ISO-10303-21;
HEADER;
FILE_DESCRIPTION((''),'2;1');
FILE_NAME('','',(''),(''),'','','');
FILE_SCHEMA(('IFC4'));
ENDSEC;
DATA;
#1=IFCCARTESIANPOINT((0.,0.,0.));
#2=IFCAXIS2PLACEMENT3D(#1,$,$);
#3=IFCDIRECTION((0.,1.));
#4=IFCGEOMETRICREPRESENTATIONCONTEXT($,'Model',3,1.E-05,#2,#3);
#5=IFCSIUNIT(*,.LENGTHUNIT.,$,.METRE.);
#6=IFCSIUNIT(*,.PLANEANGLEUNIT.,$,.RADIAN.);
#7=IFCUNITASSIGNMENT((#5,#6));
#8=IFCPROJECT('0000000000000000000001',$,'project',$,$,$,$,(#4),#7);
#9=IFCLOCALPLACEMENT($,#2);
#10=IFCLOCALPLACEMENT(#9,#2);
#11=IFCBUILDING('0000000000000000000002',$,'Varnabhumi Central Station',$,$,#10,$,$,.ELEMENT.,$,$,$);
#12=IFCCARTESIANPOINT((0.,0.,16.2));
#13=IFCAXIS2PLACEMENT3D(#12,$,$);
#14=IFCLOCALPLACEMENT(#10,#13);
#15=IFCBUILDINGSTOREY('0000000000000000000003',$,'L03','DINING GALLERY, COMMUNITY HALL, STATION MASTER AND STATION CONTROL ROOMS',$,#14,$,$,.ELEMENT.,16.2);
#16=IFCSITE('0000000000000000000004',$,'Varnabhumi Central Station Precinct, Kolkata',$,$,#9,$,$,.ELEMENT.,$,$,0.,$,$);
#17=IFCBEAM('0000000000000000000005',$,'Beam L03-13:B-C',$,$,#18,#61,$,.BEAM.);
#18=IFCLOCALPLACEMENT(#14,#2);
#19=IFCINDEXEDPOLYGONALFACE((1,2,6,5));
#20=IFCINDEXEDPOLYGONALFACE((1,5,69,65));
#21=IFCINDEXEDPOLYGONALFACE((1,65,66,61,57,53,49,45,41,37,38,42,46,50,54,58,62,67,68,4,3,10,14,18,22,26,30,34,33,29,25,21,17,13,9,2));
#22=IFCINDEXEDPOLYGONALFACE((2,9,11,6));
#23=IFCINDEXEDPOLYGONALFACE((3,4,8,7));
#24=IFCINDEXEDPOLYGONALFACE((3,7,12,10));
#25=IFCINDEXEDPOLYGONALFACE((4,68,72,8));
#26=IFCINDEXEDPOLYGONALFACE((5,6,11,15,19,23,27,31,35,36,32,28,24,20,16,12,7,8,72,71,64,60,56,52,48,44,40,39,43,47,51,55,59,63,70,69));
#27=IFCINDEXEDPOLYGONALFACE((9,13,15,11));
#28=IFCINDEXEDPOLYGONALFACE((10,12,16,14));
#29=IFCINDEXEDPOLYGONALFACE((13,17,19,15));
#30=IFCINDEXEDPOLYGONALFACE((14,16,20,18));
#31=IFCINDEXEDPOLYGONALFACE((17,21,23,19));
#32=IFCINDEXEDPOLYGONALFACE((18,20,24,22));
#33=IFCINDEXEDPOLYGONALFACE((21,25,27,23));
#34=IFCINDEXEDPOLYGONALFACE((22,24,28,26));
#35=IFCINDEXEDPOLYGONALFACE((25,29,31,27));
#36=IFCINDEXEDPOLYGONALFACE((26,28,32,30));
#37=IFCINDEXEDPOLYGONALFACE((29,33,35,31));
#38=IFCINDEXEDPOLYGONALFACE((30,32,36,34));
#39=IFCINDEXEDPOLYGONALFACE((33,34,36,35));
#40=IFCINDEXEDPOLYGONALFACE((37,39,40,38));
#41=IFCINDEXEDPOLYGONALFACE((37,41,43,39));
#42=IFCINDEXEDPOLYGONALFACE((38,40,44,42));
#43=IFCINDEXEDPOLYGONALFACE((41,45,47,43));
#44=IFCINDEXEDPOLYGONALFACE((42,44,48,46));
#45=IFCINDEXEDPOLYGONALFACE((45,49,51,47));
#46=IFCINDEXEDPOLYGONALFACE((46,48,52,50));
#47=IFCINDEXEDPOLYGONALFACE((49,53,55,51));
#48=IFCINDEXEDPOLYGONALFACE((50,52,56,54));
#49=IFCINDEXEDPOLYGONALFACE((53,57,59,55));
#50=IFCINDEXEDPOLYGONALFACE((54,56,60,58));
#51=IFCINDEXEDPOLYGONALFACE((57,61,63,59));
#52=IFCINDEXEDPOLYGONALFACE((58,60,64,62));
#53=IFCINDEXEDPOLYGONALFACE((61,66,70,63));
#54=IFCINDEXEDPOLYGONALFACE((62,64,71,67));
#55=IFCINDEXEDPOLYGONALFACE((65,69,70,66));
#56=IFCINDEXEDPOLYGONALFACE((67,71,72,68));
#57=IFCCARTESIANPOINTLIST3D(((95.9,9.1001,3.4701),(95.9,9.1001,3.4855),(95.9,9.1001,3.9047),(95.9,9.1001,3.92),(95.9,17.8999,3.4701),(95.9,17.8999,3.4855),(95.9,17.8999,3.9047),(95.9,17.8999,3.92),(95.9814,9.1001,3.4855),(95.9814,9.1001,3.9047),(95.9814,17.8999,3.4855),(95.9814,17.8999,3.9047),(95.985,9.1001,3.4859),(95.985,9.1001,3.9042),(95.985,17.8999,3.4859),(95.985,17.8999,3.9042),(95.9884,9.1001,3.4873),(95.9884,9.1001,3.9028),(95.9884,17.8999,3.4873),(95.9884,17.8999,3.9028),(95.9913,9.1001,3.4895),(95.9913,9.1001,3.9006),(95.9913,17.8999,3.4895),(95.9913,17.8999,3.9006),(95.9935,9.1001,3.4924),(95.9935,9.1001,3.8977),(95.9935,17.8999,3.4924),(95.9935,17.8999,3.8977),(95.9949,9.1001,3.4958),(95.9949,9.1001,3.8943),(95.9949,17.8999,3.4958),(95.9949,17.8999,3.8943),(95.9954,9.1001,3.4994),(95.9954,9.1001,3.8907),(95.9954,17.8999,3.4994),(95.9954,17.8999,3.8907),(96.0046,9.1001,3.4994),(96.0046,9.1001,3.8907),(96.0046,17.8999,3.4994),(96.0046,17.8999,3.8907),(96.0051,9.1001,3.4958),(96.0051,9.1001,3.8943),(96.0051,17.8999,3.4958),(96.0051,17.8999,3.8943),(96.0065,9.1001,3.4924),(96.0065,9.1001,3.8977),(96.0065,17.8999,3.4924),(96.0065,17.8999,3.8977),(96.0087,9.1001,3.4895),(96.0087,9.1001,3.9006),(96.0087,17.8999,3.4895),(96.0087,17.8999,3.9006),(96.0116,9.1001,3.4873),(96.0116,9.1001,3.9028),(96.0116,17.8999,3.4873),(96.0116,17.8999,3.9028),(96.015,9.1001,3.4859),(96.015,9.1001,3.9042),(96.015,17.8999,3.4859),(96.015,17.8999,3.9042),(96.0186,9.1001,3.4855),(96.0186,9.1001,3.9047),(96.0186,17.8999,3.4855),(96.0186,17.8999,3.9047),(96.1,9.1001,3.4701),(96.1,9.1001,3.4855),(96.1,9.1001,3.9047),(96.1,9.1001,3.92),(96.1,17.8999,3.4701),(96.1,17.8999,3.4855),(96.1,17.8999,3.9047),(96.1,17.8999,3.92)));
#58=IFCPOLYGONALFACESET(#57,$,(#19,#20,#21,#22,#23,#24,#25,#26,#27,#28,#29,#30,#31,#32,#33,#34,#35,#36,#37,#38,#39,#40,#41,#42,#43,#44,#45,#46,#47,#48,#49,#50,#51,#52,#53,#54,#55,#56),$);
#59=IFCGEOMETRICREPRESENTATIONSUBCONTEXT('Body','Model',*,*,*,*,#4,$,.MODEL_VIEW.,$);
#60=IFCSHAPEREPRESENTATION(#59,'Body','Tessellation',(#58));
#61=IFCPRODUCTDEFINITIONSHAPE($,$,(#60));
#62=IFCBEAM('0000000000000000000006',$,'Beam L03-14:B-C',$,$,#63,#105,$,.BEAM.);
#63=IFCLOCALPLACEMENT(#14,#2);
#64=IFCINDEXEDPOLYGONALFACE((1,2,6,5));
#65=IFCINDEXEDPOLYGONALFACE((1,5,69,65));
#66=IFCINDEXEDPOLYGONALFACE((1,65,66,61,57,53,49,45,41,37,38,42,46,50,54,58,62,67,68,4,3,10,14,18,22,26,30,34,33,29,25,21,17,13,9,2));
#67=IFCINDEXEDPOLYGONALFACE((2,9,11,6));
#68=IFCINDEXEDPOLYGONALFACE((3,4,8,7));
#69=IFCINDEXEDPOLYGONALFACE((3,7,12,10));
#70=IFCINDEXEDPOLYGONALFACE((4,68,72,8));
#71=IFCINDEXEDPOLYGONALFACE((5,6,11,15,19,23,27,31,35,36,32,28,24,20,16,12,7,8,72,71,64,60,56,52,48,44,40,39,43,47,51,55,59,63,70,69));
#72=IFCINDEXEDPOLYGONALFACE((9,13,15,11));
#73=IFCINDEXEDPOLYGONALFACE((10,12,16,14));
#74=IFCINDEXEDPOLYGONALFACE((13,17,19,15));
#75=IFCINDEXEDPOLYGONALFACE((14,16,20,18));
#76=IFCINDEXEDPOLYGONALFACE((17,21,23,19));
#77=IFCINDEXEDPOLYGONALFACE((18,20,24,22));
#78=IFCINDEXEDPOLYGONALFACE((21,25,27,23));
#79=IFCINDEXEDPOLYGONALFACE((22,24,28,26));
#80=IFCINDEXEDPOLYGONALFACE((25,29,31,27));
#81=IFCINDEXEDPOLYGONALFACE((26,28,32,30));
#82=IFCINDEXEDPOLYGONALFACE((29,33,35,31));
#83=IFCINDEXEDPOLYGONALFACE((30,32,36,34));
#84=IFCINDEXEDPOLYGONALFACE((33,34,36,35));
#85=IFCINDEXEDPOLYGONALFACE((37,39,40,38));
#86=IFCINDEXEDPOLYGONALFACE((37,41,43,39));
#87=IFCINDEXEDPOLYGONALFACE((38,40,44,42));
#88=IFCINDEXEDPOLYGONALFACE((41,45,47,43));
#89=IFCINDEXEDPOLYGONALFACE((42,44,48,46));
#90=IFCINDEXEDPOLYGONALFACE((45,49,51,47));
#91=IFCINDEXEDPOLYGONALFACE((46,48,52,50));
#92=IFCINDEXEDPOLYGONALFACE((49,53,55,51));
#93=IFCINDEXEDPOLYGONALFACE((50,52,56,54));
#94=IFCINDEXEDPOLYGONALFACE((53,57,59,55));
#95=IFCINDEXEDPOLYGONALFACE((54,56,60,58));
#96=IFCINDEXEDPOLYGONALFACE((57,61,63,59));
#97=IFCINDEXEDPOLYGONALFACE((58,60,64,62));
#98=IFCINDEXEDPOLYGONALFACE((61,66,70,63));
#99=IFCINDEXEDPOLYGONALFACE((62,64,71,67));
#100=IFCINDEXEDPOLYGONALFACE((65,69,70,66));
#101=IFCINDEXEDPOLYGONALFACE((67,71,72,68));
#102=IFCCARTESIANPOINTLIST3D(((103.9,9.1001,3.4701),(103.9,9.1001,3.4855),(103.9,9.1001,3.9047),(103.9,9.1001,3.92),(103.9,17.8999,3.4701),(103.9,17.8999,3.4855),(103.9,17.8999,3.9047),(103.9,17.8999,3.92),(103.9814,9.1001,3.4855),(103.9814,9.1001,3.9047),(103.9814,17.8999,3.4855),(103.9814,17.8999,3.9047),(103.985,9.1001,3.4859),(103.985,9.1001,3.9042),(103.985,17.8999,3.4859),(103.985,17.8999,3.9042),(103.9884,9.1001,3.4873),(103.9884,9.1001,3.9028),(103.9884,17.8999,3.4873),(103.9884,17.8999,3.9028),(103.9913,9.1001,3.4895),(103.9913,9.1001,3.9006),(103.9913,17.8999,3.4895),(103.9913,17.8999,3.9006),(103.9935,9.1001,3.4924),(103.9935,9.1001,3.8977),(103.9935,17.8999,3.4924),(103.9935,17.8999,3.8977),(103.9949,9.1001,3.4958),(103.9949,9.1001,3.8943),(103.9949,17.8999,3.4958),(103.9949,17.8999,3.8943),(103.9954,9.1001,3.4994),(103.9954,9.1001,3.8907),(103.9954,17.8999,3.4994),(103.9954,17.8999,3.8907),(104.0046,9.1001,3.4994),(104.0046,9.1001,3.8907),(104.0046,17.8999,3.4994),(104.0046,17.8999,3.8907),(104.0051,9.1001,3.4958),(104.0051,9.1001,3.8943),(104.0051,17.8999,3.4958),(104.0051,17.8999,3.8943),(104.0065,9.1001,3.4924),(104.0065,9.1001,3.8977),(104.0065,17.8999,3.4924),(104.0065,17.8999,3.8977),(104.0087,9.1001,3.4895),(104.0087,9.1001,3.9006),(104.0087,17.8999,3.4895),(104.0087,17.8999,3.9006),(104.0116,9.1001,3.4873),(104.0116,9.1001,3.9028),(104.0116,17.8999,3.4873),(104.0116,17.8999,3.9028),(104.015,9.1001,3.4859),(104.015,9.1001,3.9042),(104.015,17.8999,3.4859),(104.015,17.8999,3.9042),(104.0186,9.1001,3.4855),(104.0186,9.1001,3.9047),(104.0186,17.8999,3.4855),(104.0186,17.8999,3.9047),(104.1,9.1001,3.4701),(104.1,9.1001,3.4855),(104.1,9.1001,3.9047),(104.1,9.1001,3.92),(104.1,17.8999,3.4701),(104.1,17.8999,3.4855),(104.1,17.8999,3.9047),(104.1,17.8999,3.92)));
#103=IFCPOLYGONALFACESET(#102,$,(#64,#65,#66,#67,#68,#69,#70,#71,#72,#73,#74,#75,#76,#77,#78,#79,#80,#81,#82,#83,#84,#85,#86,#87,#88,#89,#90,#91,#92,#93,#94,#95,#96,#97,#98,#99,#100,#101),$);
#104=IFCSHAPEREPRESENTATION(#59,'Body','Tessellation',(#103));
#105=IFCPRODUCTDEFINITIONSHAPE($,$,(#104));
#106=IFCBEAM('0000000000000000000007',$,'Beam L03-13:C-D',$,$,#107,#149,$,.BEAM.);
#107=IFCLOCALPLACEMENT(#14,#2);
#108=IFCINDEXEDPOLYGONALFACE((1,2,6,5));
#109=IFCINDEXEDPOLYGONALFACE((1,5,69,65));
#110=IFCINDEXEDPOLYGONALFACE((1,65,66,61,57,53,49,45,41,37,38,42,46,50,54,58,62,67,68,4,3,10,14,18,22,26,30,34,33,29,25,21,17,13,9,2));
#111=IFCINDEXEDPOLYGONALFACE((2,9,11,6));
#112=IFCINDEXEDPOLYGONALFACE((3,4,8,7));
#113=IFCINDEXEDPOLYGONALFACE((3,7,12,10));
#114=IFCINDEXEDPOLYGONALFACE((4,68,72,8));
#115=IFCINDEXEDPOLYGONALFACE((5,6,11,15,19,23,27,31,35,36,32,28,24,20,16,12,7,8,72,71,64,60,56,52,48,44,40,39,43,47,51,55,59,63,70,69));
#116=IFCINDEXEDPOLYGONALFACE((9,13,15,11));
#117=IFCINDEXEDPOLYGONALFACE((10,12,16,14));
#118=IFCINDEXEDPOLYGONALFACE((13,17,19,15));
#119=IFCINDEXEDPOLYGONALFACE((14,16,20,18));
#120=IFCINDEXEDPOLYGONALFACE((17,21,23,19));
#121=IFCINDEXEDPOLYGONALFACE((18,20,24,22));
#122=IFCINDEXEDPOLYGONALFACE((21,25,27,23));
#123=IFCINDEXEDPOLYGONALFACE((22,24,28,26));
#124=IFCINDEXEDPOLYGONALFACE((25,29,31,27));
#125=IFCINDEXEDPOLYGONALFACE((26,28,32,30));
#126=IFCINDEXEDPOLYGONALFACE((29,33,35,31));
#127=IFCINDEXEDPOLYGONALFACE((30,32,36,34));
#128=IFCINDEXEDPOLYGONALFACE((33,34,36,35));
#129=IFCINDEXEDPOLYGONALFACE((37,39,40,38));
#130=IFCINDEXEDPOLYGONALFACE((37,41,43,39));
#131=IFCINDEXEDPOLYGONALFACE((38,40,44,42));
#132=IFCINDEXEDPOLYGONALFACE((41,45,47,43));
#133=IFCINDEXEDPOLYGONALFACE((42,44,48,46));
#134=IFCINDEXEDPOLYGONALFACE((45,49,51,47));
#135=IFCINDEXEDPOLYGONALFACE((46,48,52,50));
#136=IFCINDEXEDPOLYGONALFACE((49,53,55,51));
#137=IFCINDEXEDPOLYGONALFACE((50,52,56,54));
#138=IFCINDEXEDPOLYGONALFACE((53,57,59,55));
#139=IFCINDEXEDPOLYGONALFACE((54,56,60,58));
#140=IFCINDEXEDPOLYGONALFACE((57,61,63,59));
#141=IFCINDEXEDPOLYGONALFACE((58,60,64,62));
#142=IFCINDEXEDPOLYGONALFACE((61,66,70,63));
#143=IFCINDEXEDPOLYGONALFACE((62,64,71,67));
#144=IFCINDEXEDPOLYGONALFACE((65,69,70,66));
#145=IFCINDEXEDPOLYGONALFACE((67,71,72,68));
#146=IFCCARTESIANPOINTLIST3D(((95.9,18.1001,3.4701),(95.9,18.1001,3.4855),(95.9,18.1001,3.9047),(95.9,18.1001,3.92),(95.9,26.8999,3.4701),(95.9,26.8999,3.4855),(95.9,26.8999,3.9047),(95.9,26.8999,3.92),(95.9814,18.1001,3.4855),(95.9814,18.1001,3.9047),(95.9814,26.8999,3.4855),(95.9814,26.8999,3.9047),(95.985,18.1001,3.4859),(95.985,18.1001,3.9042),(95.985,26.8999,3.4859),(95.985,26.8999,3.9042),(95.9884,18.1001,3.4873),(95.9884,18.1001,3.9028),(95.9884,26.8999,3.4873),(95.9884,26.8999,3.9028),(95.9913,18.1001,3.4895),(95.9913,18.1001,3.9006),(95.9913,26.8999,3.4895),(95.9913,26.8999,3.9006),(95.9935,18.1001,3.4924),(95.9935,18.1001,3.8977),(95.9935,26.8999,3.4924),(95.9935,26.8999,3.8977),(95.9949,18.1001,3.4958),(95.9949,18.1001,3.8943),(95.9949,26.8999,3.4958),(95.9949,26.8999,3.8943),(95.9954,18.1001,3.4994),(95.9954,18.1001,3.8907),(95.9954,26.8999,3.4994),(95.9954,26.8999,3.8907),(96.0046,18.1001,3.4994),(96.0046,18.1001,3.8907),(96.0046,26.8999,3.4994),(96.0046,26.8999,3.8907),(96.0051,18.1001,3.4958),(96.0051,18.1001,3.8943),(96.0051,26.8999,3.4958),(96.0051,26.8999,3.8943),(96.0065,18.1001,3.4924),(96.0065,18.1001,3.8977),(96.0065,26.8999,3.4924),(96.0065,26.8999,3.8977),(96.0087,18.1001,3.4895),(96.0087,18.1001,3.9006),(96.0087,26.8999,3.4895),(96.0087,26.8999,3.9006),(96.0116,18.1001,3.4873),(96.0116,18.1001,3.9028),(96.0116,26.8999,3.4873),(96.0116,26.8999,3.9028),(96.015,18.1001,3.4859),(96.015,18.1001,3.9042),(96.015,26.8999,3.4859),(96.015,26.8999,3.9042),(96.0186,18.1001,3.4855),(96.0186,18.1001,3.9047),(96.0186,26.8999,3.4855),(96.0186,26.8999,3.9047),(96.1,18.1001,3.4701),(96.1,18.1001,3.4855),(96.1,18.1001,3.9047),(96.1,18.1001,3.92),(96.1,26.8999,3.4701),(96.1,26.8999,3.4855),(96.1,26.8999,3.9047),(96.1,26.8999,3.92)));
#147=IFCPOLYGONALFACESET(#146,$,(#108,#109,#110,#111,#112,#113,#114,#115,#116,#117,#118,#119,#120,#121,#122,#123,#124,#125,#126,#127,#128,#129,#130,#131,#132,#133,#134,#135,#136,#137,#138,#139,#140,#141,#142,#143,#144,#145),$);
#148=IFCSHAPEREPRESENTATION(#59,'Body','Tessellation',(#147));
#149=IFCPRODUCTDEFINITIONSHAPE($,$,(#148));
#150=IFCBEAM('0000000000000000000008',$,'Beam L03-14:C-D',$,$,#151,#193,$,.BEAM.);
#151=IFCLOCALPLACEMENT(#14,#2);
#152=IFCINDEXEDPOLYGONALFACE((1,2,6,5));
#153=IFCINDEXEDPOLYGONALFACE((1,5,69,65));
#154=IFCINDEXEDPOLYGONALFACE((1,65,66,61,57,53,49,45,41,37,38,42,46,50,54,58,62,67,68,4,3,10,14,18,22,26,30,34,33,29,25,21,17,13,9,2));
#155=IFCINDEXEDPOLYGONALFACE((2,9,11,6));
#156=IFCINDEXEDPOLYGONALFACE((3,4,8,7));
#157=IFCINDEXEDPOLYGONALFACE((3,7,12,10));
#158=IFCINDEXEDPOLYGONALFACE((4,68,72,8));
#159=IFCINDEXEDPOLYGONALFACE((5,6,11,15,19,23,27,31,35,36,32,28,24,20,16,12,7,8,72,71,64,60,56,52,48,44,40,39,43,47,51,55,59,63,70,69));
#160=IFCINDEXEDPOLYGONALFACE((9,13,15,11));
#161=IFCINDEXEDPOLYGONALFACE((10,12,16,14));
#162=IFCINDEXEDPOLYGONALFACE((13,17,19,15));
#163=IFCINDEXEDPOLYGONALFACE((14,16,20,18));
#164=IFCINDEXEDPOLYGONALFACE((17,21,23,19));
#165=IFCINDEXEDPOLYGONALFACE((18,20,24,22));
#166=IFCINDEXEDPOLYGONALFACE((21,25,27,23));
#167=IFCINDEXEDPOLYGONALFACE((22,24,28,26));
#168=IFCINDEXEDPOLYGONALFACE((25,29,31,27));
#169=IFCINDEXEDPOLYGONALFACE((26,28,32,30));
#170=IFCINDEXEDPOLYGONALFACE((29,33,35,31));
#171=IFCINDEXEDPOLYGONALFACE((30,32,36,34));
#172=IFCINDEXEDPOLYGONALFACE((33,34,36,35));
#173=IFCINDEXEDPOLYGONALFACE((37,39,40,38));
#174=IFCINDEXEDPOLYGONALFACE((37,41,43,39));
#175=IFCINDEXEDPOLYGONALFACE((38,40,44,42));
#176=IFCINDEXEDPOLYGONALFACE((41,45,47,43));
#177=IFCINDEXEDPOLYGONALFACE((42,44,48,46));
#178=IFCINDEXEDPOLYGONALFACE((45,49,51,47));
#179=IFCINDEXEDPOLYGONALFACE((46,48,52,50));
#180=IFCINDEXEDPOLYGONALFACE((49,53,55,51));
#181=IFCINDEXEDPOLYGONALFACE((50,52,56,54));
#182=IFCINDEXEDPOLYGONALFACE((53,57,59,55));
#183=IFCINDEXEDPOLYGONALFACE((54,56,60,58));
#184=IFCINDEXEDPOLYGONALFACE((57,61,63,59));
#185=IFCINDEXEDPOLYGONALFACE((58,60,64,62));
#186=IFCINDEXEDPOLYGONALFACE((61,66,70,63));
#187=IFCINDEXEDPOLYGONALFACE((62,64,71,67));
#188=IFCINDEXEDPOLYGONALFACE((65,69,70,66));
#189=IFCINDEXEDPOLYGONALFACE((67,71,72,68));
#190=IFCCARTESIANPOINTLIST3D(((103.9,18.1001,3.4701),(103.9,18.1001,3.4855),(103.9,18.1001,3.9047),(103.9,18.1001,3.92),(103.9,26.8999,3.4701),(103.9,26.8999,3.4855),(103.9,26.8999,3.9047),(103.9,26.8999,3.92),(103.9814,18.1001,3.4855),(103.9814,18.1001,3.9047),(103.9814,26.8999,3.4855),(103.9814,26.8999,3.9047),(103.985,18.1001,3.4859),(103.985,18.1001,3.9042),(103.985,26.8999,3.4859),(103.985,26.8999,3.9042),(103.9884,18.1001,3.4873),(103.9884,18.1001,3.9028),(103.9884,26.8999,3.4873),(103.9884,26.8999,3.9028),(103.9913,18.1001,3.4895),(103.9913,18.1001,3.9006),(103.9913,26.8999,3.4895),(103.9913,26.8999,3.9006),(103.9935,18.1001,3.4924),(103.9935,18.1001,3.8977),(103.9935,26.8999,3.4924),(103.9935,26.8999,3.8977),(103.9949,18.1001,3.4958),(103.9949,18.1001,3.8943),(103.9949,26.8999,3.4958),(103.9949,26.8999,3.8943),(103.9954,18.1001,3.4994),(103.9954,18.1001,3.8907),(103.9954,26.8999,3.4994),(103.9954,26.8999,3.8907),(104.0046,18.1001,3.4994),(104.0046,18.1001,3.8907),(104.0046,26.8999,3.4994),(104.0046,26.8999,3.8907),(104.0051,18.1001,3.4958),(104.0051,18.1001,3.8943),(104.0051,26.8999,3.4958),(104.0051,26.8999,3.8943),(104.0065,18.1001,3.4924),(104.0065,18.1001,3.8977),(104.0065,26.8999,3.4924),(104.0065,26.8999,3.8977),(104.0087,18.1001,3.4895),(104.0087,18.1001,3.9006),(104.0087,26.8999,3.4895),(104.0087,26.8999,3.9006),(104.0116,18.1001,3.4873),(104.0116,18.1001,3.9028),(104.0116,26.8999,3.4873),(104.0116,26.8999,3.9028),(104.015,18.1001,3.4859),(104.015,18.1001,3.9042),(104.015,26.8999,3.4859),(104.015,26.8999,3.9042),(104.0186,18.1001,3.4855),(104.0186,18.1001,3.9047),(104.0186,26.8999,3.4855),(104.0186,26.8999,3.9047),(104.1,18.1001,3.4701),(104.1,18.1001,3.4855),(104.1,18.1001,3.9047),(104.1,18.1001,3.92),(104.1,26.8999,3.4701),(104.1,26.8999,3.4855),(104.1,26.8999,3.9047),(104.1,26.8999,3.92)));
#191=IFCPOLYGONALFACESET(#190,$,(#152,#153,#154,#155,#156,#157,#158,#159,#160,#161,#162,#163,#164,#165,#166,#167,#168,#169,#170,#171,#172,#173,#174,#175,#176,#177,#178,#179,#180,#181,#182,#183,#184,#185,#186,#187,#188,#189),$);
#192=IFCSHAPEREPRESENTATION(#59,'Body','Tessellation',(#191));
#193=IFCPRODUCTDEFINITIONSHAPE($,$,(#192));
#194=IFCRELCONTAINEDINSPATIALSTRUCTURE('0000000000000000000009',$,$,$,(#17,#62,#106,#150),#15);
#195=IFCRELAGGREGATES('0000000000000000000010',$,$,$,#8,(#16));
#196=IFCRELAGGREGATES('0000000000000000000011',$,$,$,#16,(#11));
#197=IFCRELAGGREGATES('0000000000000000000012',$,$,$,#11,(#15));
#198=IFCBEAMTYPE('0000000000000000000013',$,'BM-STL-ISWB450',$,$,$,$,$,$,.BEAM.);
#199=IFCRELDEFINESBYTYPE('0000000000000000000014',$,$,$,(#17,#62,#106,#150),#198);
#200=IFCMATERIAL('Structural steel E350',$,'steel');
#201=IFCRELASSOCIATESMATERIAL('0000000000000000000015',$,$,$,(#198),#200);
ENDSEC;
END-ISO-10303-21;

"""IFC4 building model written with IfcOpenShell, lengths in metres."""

from ifc_helpers import new_model, si_unit, direction, frame, origin, origin_2d, place, context, subcontext, project, spatial, i_section, extrude, material, material_profile, profile_set, type_object, element, save


model = new_model("IFC4")

# Units and contexts
model_context = context("Model", 3, precision=1e-05, world=origin(), true_north=direction((0.0, 1.0)))
body_context = subcontext(model_context, "Body", "Model", "MODEL_VIEW")
ifc_project = project(units=[si_unit("LENGTHUNIT", "METRE"), si_unit("PLANEANGLEUNIT", "RADIAN")], contexts=[model_context])

# Site, building, storey
site_placement = place(None, origin())
site = spatial("IfcSite", under=ifc_project, at=site_placement, Name="Varnabhumi Central Station Precinct, Kolkata", CompositionType="ELEMENT", RefElevation=0.0)
building_placement = place(site_placement, origin())
building = spatial("IfcBuilding", under=site, at=building_placement, Name="Varnabhumi Central Station", CompositionType="ELEMENT")
storey_placement = place(building_placement, frame((0.0, 0.0, 16.2)))
storey = spatial("IfcBuildingStorey", under=building, at=storey_placement, Name="L03", Description="DINING GALLERY, COMMUNITY HALL, STATION MASTER AND STATION CONTROL ROOMS", CompositionType="ELEMENT", Elevation=16.2)

# Beams
ifc_material_1 = material(Name="Structural steel E350", Category="steel")
ifc_material_profile_1 = material_profile(ifc_material_1, i_section(OverallWidth=0.2, OverallDepth=0.45, WebThickness=0.0093, FlangeThickness=0.0154, FilletRadius=0.0139, at=origin_2d()), Name="Structural steel E350", Category="steel")
ifc_profile_set_1 = profile_set([ifc_material_profile_1], Name="Structural steel E350")
beam_type_1 = type_object("IfcBeamType", Name="BM-STL-ISWB450", PredefinedType="BEAM", material=ifc_profile_set_1)
for number, where, z_axis, x_axis, name in (
    (1, (96.0, 9.1001, 3.6951), (0.0, 1.0, 0.0), (-1.0, 0.0, 0.0), "Beam L03-13:B-C"),
    (2, (104.0, 9.1001, 3.6951), (0.0, 1.0, 0.0), (-1.0, 0.0, 0.0), "Beam L03-14:B-C"),
    (3, (96.0, 18.1001, 3.6951), (0.0, 1.0, 0.0), (-1.0, 0.0, 0.0), "Beam L03-13:C-D"),
    (4, (104.0, 18.1001, 3.6951), (0.0, 1.0, 0.0), (-1.0, 0.0, 0.0), "Beam L03-14:C-D"),
):
    element("IfcBeam", number, at=place(storey_placement, frame(where, z_axis=z_axis, x_axis=x_axis)), inside=storey, type_object=beam_type_1, Name=name, PredefinedType="BEAM", context=body_context, shape_type="SweptSolid", body=[
        extrude(i_section(OverallWidth=0.2, OverallDepth=0.45, WebThickness=0.0093, FlangeThickness=0.0154, FilletRadius=0.0139, at=origin_2d()), origin(), (0.0, 0.0, 1.0), 8.7998),
    ])

save(model, "model.ifc")
